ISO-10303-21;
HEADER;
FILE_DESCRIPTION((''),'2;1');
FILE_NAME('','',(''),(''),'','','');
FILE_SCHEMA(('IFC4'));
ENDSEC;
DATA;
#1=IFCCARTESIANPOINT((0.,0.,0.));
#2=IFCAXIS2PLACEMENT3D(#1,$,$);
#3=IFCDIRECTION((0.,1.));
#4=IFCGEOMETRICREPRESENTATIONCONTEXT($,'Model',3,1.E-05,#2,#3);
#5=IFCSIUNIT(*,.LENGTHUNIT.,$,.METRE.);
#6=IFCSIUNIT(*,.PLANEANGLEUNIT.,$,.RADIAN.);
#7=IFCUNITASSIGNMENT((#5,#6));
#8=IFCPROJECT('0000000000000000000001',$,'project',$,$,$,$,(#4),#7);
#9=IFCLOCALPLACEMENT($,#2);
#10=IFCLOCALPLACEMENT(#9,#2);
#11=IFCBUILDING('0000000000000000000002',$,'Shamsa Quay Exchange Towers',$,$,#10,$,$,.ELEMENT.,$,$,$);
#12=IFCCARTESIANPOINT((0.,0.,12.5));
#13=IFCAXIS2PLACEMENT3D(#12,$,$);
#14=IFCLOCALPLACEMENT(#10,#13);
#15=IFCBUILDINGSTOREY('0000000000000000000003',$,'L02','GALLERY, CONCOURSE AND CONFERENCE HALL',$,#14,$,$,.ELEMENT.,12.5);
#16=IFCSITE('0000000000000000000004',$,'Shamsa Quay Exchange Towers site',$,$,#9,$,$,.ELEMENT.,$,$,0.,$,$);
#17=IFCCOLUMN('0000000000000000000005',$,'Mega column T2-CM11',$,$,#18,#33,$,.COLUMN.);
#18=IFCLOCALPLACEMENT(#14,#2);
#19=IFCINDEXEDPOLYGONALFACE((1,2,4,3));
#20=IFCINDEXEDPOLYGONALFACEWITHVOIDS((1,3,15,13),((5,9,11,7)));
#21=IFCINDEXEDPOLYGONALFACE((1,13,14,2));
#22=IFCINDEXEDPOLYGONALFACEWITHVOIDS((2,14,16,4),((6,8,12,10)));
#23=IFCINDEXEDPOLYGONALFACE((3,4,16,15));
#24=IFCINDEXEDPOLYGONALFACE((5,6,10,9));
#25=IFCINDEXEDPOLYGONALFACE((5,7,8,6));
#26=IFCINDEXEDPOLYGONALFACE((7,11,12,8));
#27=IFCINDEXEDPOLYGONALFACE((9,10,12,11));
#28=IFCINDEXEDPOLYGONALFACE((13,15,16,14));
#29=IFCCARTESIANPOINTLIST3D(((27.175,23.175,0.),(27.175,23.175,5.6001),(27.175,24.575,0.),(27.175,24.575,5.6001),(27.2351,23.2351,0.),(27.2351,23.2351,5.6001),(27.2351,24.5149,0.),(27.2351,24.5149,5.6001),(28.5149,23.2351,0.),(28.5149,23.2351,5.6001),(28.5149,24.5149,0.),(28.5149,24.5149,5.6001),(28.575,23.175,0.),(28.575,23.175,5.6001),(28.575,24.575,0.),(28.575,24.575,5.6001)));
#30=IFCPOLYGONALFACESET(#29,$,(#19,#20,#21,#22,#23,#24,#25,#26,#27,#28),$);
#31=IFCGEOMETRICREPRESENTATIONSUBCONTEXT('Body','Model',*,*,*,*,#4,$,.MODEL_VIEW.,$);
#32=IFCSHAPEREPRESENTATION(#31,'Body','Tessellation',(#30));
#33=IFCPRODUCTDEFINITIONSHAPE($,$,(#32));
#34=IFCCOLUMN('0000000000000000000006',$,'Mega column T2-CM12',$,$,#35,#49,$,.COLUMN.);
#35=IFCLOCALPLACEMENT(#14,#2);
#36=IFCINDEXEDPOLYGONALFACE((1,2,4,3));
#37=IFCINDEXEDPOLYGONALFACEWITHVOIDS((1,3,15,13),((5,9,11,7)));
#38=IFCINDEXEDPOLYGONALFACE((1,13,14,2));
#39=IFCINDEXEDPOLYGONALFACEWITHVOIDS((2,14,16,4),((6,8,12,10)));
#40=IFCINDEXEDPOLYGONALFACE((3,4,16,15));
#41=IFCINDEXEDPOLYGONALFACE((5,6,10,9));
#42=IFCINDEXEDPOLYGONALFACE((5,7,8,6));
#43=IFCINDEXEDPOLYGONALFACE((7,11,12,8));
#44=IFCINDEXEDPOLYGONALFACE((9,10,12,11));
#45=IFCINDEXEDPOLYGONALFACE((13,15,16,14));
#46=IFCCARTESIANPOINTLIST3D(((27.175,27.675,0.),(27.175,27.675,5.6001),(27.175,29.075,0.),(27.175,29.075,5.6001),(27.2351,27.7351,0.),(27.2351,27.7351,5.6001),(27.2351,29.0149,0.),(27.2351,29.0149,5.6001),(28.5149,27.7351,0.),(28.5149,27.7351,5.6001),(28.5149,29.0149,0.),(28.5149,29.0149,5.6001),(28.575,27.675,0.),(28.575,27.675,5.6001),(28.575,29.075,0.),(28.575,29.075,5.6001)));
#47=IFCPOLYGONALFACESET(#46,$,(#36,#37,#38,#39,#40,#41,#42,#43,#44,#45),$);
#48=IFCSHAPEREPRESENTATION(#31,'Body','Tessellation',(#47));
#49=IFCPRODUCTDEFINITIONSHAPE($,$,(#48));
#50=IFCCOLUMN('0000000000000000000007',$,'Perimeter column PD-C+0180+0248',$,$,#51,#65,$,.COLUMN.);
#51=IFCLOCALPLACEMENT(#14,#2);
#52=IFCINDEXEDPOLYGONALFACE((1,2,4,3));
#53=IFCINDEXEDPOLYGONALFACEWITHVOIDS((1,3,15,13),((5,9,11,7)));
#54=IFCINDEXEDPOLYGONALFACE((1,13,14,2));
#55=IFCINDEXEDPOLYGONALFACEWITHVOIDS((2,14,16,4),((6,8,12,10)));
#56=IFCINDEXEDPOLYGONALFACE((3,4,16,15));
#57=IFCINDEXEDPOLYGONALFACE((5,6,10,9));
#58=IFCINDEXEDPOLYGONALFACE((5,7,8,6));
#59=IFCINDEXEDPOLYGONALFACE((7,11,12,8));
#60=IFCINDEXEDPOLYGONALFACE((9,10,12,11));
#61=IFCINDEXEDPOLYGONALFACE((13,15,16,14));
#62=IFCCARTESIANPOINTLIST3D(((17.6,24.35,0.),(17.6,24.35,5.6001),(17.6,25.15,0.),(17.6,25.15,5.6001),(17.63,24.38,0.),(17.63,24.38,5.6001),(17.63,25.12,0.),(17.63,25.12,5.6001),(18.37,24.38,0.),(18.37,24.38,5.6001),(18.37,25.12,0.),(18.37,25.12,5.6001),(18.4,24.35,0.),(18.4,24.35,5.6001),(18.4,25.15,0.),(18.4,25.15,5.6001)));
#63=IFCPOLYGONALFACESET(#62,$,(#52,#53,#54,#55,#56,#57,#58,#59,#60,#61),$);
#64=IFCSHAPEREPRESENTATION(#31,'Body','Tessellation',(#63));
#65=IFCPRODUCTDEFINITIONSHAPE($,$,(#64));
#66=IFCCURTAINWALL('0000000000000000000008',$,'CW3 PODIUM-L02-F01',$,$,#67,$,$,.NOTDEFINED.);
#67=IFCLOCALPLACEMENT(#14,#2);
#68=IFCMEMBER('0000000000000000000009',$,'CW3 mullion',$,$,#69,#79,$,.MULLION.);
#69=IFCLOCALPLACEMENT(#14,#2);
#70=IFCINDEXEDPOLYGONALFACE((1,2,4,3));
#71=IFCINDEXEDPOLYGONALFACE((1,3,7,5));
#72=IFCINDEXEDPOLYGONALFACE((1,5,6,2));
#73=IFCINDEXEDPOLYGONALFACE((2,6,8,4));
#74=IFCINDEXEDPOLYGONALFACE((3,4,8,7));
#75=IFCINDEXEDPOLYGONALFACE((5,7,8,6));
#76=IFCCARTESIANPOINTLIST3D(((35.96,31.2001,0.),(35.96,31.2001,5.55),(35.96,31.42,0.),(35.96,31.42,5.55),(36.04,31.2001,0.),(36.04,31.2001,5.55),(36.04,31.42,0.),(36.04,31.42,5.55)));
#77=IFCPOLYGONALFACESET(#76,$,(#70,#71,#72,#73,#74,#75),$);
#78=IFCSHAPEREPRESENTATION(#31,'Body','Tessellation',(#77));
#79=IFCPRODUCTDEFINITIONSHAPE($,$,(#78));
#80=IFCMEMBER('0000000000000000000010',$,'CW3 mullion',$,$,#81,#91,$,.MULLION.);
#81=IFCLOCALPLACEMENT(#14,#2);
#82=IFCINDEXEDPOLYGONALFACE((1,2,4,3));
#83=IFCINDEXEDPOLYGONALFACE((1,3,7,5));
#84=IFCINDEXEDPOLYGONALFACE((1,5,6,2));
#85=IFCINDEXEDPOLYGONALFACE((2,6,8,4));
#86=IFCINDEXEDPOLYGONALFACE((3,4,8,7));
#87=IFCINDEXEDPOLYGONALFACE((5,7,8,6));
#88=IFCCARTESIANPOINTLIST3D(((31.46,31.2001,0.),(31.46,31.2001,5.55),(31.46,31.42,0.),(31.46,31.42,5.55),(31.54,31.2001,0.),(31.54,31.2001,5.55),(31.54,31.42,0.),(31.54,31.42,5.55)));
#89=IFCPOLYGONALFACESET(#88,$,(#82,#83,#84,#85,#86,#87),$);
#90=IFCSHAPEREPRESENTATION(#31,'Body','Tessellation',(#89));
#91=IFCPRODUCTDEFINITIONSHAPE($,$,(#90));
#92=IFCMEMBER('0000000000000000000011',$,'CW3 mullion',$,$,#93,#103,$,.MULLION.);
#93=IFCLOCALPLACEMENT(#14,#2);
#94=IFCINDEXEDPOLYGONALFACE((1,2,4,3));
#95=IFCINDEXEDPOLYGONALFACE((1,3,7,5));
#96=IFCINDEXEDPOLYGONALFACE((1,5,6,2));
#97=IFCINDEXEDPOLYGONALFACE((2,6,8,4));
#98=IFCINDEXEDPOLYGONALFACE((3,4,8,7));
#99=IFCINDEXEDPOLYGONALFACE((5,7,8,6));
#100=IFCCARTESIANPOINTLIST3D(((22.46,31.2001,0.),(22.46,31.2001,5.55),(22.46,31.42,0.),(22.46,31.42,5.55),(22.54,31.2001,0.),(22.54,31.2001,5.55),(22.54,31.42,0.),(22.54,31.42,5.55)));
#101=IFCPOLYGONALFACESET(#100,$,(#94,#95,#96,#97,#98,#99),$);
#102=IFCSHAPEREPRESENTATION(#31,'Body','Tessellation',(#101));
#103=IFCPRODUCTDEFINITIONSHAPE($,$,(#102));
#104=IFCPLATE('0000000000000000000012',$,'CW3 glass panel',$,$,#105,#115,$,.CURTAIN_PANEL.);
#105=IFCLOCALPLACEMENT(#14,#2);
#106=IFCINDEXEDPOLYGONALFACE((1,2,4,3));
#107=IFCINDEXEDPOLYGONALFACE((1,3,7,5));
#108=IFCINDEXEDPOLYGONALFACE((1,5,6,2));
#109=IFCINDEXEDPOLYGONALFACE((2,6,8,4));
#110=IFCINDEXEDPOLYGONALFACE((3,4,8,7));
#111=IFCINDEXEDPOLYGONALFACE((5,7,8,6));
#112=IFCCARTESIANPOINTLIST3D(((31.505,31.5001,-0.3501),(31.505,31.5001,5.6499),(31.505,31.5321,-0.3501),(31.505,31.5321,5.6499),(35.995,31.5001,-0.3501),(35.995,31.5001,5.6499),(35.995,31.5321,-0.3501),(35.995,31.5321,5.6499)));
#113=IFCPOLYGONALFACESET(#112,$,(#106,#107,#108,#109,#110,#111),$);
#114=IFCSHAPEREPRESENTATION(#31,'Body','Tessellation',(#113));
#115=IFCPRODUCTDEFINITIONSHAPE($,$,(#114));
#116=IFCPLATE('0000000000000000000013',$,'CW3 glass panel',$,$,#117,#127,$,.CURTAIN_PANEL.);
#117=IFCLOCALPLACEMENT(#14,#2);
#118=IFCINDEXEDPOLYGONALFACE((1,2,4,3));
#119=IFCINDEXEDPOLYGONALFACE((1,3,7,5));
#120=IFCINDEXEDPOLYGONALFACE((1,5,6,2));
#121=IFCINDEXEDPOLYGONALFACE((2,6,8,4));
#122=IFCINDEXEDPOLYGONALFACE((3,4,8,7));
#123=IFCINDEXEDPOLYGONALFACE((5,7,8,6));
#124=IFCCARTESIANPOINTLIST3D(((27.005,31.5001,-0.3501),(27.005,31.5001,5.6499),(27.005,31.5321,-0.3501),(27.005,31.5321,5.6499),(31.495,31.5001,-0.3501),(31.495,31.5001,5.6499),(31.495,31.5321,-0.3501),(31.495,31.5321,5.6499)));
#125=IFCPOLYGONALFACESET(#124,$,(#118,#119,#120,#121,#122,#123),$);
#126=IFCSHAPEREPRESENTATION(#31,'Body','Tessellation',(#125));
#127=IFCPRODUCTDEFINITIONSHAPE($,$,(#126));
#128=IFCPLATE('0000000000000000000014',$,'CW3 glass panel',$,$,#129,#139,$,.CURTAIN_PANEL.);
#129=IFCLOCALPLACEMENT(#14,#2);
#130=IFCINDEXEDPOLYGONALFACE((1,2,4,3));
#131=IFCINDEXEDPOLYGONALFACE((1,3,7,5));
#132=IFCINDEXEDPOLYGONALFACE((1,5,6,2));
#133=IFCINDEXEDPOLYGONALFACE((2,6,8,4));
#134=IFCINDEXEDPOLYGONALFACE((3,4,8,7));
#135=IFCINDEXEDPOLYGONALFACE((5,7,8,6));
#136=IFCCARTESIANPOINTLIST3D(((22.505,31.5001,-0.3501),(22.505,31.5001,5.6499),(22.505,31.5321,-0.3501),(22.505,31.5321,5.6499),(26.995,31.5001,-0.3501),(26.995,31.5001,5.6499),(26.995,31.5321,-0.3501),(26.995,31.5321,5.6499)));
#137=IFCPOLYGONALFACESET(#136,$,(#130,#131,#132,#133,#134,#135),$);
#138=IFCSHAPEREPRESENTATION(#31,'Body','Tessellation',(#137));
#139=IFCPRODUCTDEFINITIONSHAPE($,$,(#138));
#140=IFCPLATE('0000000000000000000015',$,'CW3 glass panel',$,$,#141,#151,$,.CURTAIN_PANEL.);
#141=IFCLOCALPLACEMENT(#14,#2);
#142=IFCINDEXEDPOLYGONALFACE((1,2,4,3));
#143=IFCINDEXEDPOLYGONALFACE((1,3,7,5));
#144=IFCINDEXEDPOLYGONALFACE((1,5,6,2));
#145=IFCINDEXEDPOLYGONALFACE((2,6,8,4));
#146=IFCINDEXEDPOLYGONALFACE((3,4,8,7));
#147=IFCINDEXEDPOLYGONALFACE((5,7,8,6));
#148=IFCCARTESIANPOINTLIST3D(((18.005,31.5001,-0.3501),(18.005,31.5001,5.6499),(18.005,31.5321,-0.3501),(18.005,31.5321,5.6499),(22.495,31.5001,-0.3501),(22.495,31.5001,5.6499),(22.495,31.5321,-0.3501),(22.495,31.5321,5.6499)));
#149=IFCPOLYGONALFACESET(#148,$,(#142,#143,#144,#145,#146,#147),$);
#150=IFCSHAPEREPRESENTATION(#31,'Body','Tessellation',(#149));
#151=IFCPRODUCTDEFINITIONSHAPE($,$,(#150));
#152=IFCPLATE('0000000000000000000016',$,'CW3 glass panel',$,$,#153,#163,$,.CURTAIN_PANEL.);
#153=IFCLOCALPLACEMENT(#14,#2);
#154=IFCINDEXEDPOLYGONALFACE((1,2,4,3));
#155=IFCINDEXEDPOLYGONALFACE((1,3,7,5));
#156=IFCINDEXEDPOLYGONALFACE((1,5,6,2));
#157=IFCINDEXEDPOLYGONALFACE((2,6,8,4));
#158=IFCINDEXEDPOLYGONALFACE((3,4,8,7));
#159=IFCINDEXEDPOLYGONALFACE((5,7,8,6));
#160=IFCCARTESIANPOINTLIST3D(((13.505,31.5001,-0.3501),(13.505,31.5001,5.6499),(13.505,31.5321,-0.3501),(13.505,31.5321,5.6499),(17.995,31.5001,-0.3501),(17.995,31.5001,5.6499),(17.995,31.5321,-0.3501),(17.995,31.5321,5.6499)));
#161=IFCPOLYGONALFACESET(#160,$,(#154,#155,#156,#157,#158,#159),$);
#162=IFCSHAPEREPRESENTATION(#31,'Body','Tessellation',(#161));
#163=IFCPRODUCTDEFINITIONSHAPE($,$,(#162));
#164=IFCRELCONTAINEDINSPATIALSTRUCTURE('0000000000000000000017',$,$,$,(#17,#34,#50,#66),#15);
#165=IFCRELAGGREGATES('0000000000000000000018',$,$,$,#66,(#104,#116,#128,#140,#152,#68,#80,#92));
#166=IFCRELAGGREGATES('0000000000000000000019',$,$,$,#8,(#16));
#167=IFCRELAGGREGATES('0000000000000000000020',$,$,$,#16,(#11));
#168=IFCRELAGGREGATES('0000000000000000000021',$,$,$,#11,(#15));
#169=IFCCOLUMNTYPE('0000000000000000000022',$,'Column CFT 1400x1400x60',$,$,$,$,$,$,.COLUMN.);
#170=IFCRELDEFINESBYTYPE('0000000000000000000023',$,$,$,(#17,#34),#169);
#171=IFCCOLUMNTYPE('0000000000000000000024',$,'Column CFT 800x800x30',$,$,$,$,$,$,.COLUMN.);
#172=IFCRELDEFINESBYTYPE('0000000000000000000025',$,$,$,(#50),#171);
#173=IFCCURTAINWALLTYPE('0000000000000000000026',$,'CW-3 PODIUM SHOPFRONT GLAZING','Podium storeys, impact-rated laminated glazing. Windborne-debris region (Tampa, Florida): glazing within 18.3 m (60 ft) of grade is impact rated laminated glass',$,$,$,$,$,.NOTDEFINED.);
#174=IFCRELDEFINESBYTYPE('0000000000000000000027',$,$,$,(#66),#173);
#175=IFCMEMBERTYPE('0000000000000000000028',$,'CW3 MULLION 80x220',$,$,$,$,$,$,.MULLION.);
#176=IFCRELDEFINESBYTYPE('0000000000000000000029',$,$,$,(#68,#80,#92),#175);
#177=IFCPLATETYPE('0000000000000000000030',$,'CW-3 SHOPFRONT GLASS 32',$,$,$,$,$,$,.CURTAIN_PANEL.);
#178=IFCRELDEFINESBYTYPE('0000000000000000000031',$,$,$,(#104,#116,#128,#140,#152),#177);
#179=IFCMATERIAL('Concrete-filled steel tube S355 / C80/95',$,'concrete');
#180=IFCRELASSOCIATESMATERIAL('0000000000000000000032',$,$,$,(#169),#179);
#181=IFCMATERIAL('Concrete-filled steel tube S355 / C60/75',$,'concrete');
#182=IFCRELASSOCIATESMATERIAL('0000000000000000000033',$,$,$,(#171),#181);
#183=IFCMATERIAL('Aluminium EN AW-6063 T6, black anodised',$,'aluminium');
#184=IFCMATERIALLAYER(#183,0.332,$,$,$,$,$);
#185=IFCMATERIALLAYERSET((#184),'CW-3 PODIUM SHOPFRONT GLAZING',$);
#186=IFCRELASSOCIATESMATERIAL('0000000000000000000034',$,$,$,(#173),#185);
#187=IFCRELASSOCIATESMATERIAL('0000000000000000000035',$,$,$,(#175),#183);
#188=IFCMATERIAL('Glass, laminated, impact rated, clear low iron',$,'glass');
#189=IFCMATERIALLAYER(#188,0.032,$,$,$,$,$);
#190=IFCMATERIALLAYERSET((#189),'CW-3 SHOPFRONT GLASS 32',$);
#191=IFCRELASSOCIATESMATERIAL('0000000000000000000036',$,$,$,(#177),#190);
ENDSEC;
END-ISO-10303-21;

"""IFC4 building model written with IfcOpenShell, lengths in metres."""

from ifc_helpers import new_model, si_unit, direction, frame, origin, origin_2d, place, context, subcontext, project, spatial, rectangle, hollow_rectangle, extrude, material, layer, layer_set, material_profile, profile_set, type_object, element, aggregate, save


model = new_model("IFC4")

# Units and contexts
model_context = context("Model", 3, precision=1e-05, world=origin(), true_north=direction((0.0, 1.0)))
body_context = subcontext(model_context, "Body", "Model", "MODEL_VIEW")
ifc_project = project(units=[si_unit("LENGTHUNIT", "METRE"), si_unit("PLANEANGLEUNIT", "RADIAN")], contexts=[model_context])

# Site, building, storey
site_placement = place(None, origin())
site = spatial("IfcSite", under=ifc_project, at=site_placement, Name="Shamsa Quay Exchange Towers site", CompositionType="ELEMENT", RefElevation=0.0)
building_placement = place(site_placement, origin())
building = spatial("IfcBuilding", under=site, at=building_placement, Name="Shamsa Quay Exchange Towers", CompositionType="ELEMENT")
storey_placement = place(building_placement, frame((0.0, 0.0, 12.5)))
storey = spatial("IfcBuildingStorey", under=building, at=storey_placement, Name="L02", Description="GALLERY, CONCOURSE AND CONFERENCE HALL", CompositionType="ELEMENT", Elevation=12.5)

# Columns
ifc_material_1 = material(Name="Concrete-filled steel tube S355 / C80/95", Category="concrete")
ifc_material_profile_1 = material_profile(ifc_material_1, hollow_rectangle(XDim=1.3999, YDim=1.3999, WallThickness=0.0601, at=origin_2d()), Name="CFT 1400x1400x60")
ifc_profile_set_1 = profile_set([ifc_material_profile_1], Name="Concrete-filled steel tube S355 / C80/95")
column_type_1 = type_object("IfcColumnType", Name="Column CFT 1400x1400x60", PredefinedType="COLUMN", material=ifc_profile_set_1)
for number, where, name in (
    (1, (27.875, 23.875, 0.0), "Mega column T2-CM11"),
    (2, (27.875, 28.375, 0.0), "Mega column T2-CM12"),
):
    element("IfcColumn", number, at=place(storey_placement, frame(where)), inside=storey, type_object=column_type_1, Name=name, PredefinedType="COLUMN", context=body_context, shape_type="SweptSolid", body=[
        extrude(hollow_rectangle(XDim=1.3999, YDim=1.3999, WallThickness=0.0601, at=origin_2d()), origin(), (0.0, 0.0, 1.0), 5.6001),
    ])
ifc_material_2 = material(Name="Concrete-filled steel tube S355 / C60/75", Category="concrete")
ifc_material_profile_2 = material_profile(ifc_material_2, hollow_rectangle(XDim=0.8, YDim=0.8, WallThickness=0.03, at=origin_2d()), Name="CFT 800x800x30")
ifc_profile_set_2 = profile_set([ifc_material_profile_2], Name="Concrete-filled steel tube S355 / C60/75")
column_type_2 = type_object("IfcColumnType", Name="Column CFT 800x800x30", PredefinedType="COLUMN", material=ifc_profile_set_2)
column_placement = place(storey_placement, frame((18.0, 24.75, 0.0)))
element("IfcColumn", 3, at=column_placement, inside=storey, type_object=column_type_2, Name="Perimeter column PD-C+0180+0248", PredefinedType="COLUMN", context=body_context, shape_type="SweptSolid", body=[
    extrude(hollow_rectangle(XDim=0.8, YDim=0.8, WallThickness=0.03, at=origin_2d()), origin(), (0.0, 0.0, 1.0), 5.6001),
])

# Curtain wall, members, plates
ifc_material_3 = material(Name="Aluminium EN AW-6063 T6, black anodised", Category="aluminium")
ifc_layer_1 = layer(ifc_material_3, 0.332)
ifc_layer_set_1 = layer_set([ifc_layer_1], Name="CW-3 PODIUM SHOPFRONT GLAZING")
curtain_wall_type = type_object("IfcCurtainWallType", Name="CW-3 PODIUM SHOPFRONT GLAZING", Description="Podium storeys, impact-rated laminated glazing. Windborne-debris region (Tampa, Florida): glazing within 18.3 m (60 ft) of grade is impact rated laminated glass", PredefinedType="NOTDEFINED", material=ifc_layer_set_1)
curtain_wall_placement = place(storey_placement, origin())
curtain_wall = element("IfcCurtainWall", 4, at=curtain_wall_placement, inside=storey, type_object=curtain_wall_type, Name="CW3 PODIUM-L02-F01", PredefinedType="NOTDEFINED")
ifc_material_profile_3 = material_profile(ifc_material_3, rectangle(XDim=0.22, YDim=0.0801, at=origin_2d()), Name="MU80x220")
ifc_profile_set_3 = profile_set([ifc_material_profile_3], Name="Aluminium EN AW-6063 T6, black anodised")
member_type = type_object("IfcMemberType", Name="CW3 MULLION 80x220", PredefinedType="MULLION", material=ifc_profile_set_3)
member_1_placement = place(storey_placement, frame((36.0, 31.3101, 0.0), z_axis=(0.0, 0.0, 1.0), x_axis=(0.0, -1.0, 0.0)))
member_1 = element("IfcMember", 5, at=member_1_placement, type_object=member_type, Name="CW3 mullion", PredefinedType="MULLION", context=body_context, shape_type="SweptSolid", body=[
    extrude(rectangle(XDim=0.22, YDim=0.0801, at=origin_2d()), origin(), (0.0, 0.0, 1.0), 5.55),
])
member_2_placement = place(storey_placement, frame((31.5, 31.3101, 0.0), z_axis=(0.0, 0.0, 1.0), x_axis=(0.0, -1.0, 0.0)))
member_2 = element("IfcMember", 6, at=member_2_placement, type_object=member_type, Name="CW3 mullion", PredefinedType="MULLION", context=body_context, shape_type="SweptSolid", body=[
    extrude(rectangle(XDim=0.22, YDim=0.0801, at=origin_2d()), origin(), (0.0, 0.0, 1.0), 5.55),
])
member_3_placement = place(storey_placement, frame((22.5, 31.3101, 0.0), z_axis=(0.0, 0.0, 1.0), x_axis=(0.0, -1.0, 0.0)))
member_3 = element("IfcMember", 7, at=member_3_placement, type_object=member_type, Name="CW3 mullion", PredefinedType="MULLION", context=body_context, shape_type="SweptSolid", body=[
    extrude(rectangle(XDim=0.22, YDim=0.0801, at=origin_2d()), origin(), (0.0, 0.0, 1.0), 5.55),
])
ifc_material_4 = material(Name="Glass, laminated, impact rated, clear low iron", Category="glass")
ifc_layer_2 = layer(ifc_material_4, 0.032)
ifc_layer_set_2 = layer_set([ifc_layer_2], Name="CW-3 SHOPFRONT GLASS 32")
plate_type = type_object("IfcPlateType", Name="CW-3 SHOPFRONT GLASS 32", PredefinedType="CURTAIN_PANEL", material=ifc_layer_set_2)
plate_1_placement = place(storey_placement, frame((33.75, 31.5161, -0.3501), z_axis=(0.0, 0.0, 1.0), x_axis=(-1.0, 0.0, 0.0)))
plate_1 = element("IfcPlate", 8, at=plate_1_placement, type_object=plate_type, Name="CW3 glass panel", PredefinedType="CURTAIN_PANEL", context=body_context, shape_type="SweptSolid", body=[
    extrude(rectangle(XDim=4.49, YDim=0.032, at=origin_2d()), origin(), (0.0, 0.0, 1.0), 6.0),
])
plate_2_placement = place(storey_placement, frame((29.25, 31.5161, -0.3501), z_axis=(0.0, 0.0, 1.0), x_axis=(-1.0, 0.0, 0.0)))
plate_2 = element("IfcPlate", 9, at=plate_2_placement, type_object=plate_type, Name="CW3 glass panel", PredefinedType="CURTAIN_PANEL", context=body_context, shape_type="SweptSolid", body=[
    extrude(rectangle(XDim=4.49, YDim=0.032, at=origin_2d()), origin(), (0.0, 0.0, 1.0), 6.0),
])
plate_3_placement = place(storey_placement, frame((24.75, 31.5161, -0.3501), z_axis=(0.0, 0.0, 1.0), x_axis=(-1.0, 0.0, 0.0)))
plate_3 = element("IfcPlate", 10, at=plate_3_placement, type_object=plate_type, Name="CW3 glass panel", PredefinedType="CURTAIN_PANEL", context=body_context, shape_type="SweptSolid", body=[
    extrude(rectangle(XDim=4.49, YDim=0.032, at=origin_2d()), origin(), (0.0, 0.0, 1.0), 6.0),
])
plate_4_placement = place(storey_placement, frame((20.25, 31.5161, -0.3501), z_axis=(0.0, 0.0, 1.0), x_axis=(-1.0, 0.0, 0.0)))
plate_4 = element("IfcPlate", 11, at=plate_4_placement, type_object=plate_type, Name="CW3 glass panel", PredefinedType="CURTAIN_PANEL", context=body_context, shape_type="SweptSolid", body=[
    extrude(rectangle(XDim=4.49, YDim=0.032, at=origin_2d()), origin(), (0.0, 0.0, 1.0), 6.0),
])
plate_5_placement = place(storey_placement, frame((15.75, 31.5161, -0.3501), z_axis=(0.0, 0.0, 1.0), x_axis=(-1.0, 0.0, 0.0)))
plate_5 = element("IfcPlate", 12, at=plate_5_placement, type_object=plate_type, Name="CW3 glass panel", PredefinedType="CURTAIN_PANEL", context=body_context, shape_type="SweptSolid", body=[
    extrude(rectangle(XDim=4.49, YDim=0.032, at=origin_2d()), origin(), (0.0, 0.0, 1.0), 6.0),
])
aggregate(curtain_wall, [plate_1, plate_2, plate_3, plate_4, plate_5, member_1, member_2, member_3])

save(model, "model.ifc")
